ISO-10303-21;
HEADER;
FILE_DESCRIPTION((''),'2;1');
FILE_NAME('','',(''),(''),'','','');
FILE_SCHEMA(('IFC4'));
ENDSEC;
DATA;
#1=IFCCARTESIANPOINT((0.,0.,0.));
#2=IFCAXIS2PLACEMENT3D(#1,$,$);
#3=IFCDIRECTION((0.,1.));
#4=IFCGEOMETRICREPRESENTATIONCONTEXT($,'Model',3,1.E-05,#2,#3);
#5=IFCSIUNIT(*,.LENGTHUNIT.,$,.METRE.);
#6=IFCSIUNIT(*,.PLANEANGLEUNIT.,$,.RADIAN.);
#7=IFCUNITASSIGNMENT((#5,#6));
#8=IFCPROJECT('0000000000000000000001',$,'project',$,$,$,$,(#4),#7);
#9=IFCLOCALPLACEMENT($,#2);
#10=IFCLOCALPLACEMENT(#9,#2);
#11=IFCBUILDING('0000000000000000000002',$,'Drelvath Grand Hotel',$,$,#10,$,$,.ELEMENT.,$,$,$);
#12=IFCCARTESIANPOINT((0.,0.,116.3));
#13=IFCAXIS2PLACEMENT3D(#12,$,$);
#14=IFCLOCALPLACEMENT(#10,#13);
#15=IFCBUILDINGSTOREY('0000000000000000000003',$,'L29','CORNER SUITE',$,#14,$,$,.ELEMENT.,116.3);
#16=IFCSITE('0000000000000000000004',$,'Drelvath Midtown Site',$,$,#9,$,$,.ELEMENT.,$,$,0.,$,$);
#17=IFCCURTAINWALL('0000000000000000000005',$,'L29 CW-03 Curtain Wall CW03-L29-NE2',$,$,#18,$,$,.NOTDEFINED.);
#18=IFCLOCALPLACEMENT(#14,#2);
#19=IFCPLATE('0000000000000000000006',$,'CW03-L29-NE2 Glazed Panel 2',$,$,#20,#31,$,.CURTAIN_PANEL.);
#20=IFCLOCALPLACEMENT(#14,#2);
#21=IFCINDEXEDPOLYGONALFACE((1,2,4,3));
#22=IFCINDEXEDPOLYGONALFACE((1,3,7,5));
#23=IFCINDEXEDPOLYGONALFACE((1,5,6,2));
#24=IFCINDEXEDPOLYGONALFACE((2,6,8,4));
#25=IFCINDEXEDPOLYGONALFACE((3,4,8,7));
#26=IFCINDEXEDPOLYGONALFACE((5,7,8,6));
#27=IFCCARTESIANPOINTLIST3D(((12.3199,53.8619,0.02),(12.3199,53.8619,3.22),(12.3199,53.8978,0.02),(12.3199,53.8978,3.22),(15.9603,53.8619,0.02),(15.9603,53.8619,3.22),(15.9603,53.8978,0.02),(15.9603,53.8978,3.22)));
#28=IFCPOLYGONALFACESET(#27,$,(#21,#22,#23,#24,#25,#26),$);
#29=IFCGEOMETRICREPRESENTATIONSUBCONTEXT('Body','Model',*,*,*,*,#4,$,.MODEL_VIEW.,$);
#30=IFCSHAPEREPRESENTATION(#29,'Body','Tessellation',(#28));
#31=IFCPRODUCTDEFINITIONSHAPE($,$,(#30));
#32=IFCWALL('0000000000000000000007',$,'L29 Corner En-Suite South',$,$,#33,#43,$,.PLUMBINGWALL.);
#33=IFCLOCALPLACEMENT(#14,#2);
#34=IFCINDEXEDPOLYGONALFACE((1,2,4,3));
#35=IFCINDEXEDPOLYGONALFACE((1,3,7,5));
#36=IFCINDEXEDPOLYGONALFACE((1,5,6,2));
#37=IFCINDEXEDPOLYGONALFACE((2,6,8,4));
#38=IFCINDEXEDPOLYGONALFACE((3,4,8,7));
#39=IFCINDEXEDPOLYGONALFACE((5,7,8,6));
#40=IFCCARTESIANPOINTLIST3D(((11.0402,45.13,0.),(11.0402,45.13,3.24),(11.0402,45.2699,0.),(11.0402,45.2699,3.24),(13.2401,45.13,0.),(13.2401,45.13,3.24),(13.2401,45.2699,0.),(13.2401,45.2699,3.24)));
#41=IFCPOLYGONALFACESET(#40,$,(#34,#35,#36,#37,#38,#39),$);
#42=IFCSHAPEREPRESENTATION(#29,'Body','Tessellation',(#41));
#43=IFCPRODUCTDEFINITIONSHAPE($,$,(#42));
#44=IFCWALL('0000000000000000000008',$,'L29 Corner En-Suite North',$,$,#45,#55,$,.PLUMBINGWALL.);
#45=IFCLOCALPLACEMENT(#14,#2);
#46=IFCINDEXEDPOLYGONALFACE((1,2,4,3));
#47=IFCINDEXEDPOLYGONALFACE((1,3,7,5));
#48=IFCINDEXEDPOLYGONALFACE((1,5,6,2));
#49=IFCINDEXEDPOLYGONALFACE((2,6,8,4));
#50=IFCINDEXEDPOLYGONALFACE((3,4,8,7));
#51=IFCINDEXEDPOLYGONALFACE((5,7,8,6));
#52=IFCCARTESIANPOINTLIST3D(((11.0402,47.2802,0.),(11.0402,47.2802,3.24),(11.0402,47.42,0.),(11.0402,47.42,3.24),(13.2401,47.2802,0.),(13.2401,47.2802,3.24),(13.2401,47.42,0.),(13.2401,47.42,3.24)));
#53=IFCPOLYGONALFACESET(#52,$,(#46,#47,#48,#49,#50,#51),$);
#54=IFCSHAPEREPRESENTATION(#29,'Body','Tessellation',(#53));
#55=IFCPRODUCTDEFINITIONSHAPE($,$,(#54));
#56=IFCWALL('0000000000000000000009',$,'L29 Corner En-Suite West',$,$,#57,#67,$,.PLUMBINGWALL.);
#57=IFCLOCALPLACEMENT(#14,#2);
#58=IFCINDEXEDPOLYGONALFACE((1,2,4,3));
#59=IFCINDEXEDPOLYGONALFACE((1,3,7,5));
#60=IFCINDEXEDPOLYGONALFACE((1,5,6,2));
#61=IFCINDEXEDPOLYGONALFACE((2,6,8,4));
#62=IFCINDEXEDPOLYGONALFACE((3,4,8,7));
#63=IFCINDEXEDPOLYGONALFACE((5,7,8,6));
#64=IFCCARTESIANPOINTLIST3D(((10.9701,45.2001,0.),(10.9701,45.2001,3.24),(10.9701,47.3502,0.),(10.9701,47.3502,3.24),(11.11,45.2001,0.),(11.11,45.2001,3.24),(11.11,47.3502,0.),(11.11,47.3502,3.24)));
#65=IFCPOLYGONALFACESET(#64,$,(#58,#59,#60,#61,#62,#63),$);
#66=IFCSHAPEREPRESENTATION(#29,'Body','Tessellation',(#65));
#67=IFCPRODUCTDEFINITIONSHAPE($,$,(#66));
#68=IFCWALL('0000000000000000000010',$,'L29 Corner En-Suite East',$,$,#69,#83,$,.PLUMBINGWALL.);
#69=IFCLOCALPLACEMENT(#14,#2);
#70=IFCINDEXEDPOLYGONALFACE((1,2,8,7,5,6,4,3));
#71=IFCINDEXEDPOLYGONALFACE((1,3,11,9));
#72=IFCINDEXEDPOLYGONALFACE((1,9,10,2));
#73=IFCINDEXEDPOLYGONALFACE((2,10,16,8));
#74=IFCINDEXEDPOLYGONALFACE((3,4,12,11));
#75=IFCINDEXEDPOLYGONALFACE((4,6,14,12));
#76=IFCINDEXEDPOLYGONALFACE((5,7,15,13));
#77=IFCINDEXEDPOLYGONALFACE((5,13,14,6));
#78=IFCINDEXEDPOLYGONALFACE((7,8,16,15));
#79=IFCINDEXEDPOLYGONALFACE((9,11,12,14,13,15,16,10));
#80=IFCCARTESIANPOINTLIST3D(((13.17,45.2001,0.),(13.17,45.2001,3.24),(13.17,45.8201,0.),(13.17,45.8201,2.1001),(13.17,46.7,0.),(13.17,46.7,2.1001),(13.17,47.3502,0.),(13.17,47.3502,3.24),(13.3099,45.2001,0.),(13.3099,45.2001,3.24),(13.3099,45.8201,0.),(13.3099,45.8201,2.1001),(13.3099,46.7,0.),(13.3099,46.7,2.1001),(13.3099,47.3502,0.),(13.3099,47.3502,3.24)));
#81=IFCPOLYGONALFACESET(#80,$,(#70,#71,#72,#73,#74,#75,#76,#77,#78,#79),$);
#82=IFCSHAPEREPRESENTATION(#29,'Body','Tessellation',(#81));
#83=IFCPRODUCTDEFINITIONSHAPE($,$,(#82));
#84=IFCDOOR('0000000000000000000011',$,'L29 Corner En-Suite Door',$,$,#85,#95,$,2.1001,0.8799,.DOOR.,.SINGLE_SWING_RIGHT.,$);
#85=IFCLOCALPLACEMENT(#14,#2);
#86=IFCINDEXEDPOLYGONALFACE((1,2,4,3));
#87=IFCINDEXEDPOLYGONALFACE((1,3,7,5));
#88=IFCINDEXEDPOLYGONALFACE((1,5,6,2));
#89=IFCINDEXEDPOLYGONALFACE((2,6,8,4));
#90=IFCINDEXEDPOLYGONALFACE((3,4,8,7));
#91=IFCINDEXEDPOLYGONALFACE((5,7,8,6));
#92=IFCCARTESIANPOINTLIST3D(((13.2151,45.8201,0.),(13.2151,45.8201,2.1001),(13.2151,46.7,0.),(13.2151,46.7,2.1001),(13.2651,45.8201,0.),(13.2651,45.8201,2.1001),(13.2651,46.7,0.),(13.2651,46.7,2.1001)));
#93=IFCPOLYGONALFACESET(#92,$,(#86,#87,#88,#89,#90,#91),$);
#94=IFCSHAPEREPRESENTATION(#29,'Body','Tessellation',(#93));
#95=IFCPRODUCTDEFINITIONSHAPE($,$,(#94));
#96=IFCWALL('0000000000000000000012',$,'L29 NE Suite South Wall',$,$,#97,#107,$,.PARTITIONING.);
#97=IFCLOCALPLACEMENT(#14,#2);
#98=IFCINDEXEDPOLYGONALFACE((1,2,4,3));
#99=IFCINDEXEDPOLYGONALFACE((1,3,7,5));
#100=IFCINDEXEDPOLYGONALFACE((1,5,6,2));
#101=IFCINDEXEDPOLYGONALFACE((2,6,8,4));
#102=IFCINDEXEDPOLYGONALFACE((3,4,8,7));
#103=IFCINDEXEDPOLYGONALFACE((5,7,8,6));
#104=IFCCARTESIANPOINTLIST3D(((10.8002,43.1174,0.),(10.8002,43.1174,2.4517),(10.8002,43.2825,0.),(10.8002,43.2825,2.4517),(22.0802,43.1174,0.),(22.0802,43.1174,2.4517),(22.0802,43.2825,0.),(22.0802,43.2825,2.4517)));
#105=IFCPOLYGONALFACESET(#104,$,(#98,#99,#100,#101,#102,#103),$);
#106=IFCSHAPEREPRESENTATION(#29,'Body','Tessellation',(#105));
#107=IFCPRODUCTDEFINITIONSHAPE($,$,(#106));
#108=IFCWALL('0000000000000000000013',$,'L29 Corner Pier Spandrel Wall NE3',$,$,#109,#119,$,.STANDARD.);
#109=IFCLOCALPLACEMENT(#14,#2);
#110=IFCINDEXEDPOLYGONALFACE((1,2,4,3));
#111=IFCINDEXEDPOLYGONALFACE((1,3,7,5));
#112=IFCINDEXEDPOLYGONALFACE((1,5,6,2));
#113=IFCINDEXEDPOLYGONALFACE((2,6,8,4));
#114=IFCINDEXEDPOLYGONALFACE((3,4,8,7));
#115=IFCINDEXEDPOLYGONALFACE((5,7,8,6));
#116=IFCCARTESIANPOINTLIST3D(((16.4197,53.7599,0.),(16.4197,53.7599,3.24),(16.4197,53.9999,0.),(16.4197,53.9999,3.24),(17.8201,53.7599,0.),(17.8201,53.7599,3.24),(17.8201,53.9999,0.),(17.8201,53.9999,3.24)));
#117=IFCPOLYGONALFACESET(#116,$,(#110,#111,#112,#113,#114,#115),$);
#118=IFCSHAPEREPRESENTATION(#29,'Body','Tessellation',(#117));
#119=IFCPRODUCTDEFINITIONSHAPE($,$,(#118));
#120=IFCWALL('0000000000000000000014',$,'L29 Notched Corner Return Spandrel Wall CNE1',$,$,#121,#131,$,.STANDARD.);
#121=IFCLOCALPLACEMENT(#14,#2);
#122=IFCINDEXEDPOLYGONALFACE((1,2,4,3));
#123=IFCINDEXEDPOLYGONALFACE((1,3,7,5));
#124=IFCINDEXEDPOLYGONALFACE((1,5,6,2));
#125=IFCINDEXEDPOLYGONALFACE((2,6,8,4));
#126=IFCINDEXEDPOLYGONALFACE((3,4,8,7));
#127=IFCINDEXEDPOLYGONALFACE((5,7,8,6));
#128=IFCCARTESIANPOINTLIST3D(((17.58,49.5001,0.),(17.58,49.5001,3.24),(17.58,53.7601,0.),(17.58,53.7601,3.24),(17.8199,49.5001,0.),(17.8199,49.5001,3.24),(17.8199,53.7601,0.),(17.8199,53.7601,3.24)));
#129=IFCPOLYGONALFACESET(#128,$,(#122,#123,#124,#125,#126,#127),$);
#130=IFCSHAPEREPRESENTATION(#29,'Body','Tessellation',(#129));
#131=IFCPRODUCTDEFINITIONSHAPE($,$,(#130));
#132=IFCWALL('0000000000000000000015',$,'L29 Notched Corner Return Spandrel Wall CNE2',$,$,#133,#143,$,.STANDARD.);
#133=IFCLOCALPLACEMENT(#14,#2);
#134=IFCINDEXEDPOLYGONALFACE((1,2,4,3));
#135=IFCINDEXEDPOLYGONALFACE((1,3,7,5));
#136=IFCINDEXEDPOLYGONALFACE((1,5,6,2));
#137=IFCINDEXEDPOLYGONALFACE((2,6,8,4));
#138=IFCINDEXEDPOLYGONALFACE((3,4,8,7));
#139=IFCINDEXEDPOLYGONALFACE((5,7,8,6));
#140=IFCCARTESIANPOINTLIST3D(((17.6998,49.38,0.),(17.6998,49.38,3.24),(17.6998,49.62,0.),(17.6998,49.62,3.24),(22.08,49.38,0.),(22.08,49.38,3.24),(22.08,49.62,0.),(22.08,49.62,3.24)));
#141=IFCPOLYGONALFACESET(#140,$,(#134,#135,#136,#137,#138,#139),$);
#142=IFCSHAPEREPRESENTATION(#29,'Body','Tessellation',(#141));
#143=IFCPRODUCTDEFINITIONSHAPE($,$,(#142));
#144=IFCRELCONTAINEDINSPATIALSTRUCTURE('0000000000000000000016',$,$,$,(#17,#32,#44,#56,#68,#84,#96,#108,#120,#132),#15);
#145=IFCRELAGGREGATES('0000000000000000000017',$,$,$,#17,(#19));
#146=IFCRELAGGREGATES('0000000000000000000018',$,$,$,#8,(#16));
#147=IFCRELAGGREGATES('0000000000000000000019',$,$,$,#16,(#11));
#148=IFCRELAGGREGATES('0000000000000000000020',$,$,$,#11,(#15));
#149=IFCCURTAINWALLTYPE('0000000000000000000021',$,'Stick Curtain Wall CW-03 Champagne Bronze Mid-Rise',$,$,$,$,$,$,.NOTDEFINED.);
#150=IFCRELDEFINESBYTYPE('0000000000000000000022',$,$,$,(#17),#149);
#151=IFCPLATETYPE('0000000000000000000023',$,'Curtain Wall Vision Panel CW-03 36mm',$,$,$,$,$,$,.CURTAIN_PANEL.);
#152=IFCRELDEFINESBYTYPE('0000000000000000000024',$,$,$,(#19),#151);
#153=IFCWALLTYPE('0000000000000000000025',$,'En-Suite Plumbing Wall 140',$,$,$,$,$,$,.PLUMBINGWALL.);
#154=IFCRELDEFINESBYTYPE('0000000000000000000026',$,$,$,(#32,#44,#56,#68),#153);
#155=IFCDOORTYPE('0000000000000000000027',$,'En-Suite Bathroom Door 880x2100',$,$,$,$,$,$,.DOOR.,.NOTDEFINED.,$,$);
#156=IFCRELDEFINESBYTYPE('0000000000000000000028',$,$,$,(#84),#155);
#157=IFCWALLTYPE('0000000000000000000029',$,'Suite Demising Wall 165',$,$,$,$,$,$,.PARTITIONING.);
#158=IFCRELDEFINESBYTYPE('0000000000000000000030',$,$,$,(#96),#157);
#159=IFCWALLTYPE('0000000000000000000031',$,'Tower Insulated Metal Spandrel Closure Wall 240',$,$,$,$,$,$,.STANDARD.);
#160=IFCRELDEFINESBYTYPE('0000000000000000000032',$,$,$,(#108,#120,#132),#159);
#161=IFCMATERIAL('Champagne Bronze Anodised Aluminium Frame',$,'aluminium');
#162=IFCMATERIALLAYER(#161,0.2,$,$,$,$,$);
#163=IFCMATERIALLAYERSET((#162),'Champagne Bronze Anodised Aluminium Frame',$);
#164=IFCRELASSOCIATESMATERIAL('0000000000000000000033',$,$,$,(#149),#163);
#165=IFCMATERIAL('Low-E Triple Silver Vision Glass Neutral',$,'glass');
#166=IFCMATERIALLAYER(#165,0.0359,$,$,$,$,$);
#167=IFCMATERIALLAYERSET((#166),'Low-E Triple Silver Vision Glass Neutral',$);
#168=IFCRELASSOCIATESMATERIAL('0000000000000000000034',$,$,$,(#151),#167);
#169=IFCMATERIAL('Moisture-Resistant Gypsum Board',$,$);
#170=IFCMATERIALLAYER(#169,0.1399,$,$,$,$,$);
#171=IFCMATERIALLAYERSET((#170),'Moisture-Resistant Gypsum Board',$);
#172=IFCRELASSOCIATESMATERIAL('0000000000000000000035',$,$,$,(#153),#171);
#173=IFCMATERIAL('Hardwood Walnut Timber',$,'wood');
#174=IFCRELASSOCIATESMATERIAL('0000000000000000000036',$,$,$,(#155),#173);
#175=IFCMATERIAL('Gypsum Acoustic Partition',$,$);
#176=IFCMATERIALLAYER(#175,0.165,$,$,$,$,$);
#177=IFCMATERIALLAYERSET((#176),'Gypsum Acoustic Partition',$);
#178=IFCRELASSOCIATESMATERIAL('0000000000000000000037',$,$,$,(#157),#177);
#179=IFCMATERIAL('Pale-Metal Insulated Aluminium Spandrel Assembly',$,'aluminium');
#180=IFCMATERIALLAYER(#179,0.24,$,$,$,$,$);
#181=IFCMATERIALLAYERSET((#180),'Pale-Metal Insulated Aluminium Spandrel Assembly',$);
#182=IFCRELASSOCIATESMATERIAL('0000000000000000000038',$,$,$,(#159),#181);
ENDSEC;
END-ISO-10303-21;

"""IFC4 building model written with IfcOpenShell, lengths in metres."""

from ifc_helpers import new_model, si_unit, direction, frame, frame_2d, origin, origin_2d, place, context, subcontext, project, spatial, rectangle, extrude, material, layer, layer_set, type_object, element, fill, aggregate, save


model = new_model("IFC4")

# Units and contexts
model_context = context("Model", 3, precision=1e-05, world=origin(), true_north=direction((0.0, 1.0)))
body_context = subcontext(model_context, "Body", "Model", "MODEL_VIEW")
ifc_project = project(units=[si_unit("LENGTHUNIT", "METRE"), si_unit("PLANEANGLEUNIT", "RADIAN")], contexts=[model_context])

# Site, building, storey
site_placement = place(None, origin())
site = spatial("IfcSite", under=ifc_project, at=site_placement, Name="Drelvath Midtown Site", CompositionType="ELEMENT", RefElevation=0.0)
building_placement = place(site_placement, origin())
building = spatial("IfcBuilding", under=site, at=building_placement, Name="Drelvath Grand Hotel", CompositionType="ELEMENT")
storey_placement = place(building_placement, frame((0.0, 0.0, 116.3)))
storey = spatial("IfcBuildingStorey", under=building, at=storey_placement, Name="L29", Description="CORNER SUITE", CompositionType="ELEMENT", Elevation=116.3)

# Shared definitions
ifc_material_1 = material(Name="Champagne Bronze Anodised Aluminium Frame", Category="aluminium")
ifc_layer_1 = layer(ifc_material_1, 0.2)
ifc_layer_set_1 = layer_set([ifc_layer_1], Name="Champagne Bronze Anodised Aluminium Frame")
curtain_wall_type = type_object("IfcCurtainWallType", Name="Stick Curtain Wall CW-03 Champagne Bronze Mid-Rise", PredefinedType="NOTDEFINED", material=ifc_layer_set_1)

# Curtain wall
curtain_wall_1_placement = place(storey_placement, origin())
curtain_wall_1 = element("IfcCurtainWall", 1, at=curtain_wall_1_placement, inside=storey, type_object=curtain_wall_type, Name="L29 CW-03 Curtain Wall CW03-L29-NE2", PredefinedType="NOTDEFINED")

# Plate
ifc_material_2 = material(Name="Low-E Triple Silver Vision Glass Neutral", Category="glass")
ifc_layer_2 = layer(ifc_material_2, 0.0359)
ifc_layer_set_2 = layer_set([ifc_layer_2], Name="Low-E Triple Silver Vision Glass Neutral")
plate_type = type_object("IfcPlateType", Name="Curtain Wall Vision Panel CW-03 36mm", PredefinedType="CURTAIN_PANEL", material=ifc_layer_set_2)
plate_1_placement = place(storey_placement, frame((14.1401, 53.8799, 0.02), z_axis=(0.0, 0.0, 1.0), x_axis=(1.0, 0.0, 0.0)))
plate_1 = element("IfcPlate", 2, at=plate_1_placement, type_object=plate_type, Name="CW03-L29-NE2 Glazed Panel 2", PredefinedType="CURTAIN_PANEL", context=body_context, shape_type="SweptSolid", body=[
    extrude(rectangle(XDim=3.6404, YDim=0.0359, at=origin_2d()), origin(), (0.0, 0.0, 1.0), 3.2),
])
aggregate(curtain_wall_1, [plate_1])

# Walls
ifc_material_3 = material(Name="Moisture-Resistant Gypsum Board")
ifc_layer_3 = layer(ifc_material_3, 0.1399)
ifc_layer_set_3 = layer_set([ifc_layer_3], Name="Moisture-Resistant Gypsum Board")
wall_type_1 = type_object("IfcWallType", Name="En-Suite Plumbing Wall 140", PredefinedType="PLUMBINGWALL", material=ifc_layer_set_3)
for number, where, z_axis, x_axis, name in (
    (3, (11.04, 45.2, 0.0), (0.0, 0.0, 1.0), (1.0, 0.0, 0.0), "L29 Corner En-Suite South"),
    (4, (11.04, 47.3501, 0.0), (0.0, 0.0, 1.0), (1.0, 0.0, 0.0), "L29 Corner En-Suite North"),
):
    element("IfcWall", number, at=place(storey_placement, frame(where, z_axis=z_axis, x_axis=x_axis)), inside=storey, type_object=wall_type_1, Name=name, PredefinedType="PLUMBINGWALL", context=body_context, shape_type="SweptSolid", body=[
        extrude(rectangle(XDim=2.2, YDim=0.1399, at=frame_2d((1.1001, 0.0))), origin(), (0.0, 0.0, 1.0), 3.24),
    ])
wall_1_placement = place(storey_placement, frame((11.04, 45.2, 0.0), z_axis=(0.0, 0.0, 1.0), x_axis=(0.0, 1.0, 0.0)))
element("IfcWall", 5, at=wall_1_placement, inside=storey, type_object=wall_type_1, Name="L29 Corner En-Suite West", PredefinedType="PLUMBINGWALL", context=body_context, shape_type="SweptSolid", body=[
    extrude(rectangle(XDim=2.1501, YDim=0.1399, at=frame_2d((1.0752, 0.0))), origin(), (0.0, 0.0, 1.0), 3.24),
])

# Wall, opening, door
wall_2_placement = place(storey_placement, frame((13.24, 45.2, 0.0), z_axis=(0.0, 0.0, 1.0), x_axis=(0.0, 1.0, 0.0)))
wall_2 = element("IfcWall", 6, at=wall_2_placement, inside=storey, type_object=wall_type_1, Name="L29 Corner En-Suite East", PredefinedType="PLUMBINGWALL", context=body_context, shape_type="SweptSolid", body=[
    extrude(rectangle(XDim=2.1501, YDim=0.1399, at=frame_2d((1.0752, 0.0))), origin(), (0.0, 0.0, 1.0), 3.24),
])
opening_placement = place(wall_2_placement, frame((0.6201, 0.0, 0.0)))
opening = element("IfcOpeningElement", 7, at=opening_placement, cuts=wall_2, PredefinedType="OPENING", context=body_context, shape_type="SweptSolid", body=[
    extrude(rectangle(XDim=0.8799, YDim=2.1001, at=frame_2d((0.4399, 1.05))), frame((0.0, 0.0798, 0.0), z_axis=(0.0, -1.0, 0.0), x_axis=(1.0, 0.0, 0.0)), (0.0, 0.0, 1.0), 0.1599),
])
ifc_material_4 = material(Name="Hardwood Walnut Timber", Category="wood")
door_type = type_object("IfcDoorType", Name="En-Suite Bathroom Door 880x2100", OperationType="NOTDEFINED", PredefinedType="DOOR", material=ifc_material_4)
door_placement = place(opening_placement, origin())
door = element("IfcDoor", 8, at=door_placement, inside=storey, type_object=door_type, Name="L29 Corner En-Suite Door", OperationType="SINGLE_SWING_RIGHT", OverallHeight=2.1001, OverallWidth=0.8799, PredefinedType="DOOR", context=body_context, shape_type="SweptSolid", body=[
    extrude(rectangle(XDim=0.8799, YDim=2.1001, at=frame_2d((0.4399, 1.05))), frame((0.0, 0.0249, 0.0), z_axis=(0.0, -1.0, 0.0), x_axis=(1.0, 0.0, 0.0)), (0.0, 0.0, 1.0), 0.05),
])
fill(opening, door)

# Walls
ifc_material_5 = material(Name="Gypsum Acoustic Partition")
ifc_layer_4 = layer(ifc_material_5, 0.165)
ifc_layer_set_4 = layer_set([ifc_layer_4], Name="Gypsum Acoustic Partition")
wall_type_2 = type_object("IfcWallType", Name="Suite Demising Wall 165", PredefinedType="PARTITIONING", material=ifc_layer_set_4)
wall_3_placement = place(storey_placement, frame((10.8, 43.2, 0.0), z_axis=(0.0, 0.0, 1.0), x_axis=(1.0, 0.0, 0.0)))
element("IfcWall", 9, at=wall_3_placement, inside=storey, type_object=wall_type_2, Name="L29 NE Suite South Wall", PredefinedType="PARTITIONING", context=body_context, shape_type="SweptSolid", body=[
    extrude(rectangle(XDim=11.28, YDim=0.165, at=frame_2d((5.6401, 0.0))), origin(), (0.0, 0.0, 1.0), 2.4517),
])
ifc_material_6 = material(Name="Pale-Metal Insulated Aluminium Spandrel Assembly", Category="aluminium")
ifc_layer_5 = layer(ifc_material_6, 0.24)
ifc_layer_set_5 = layer_set([ifc_layer_5], Name="Pale-Metal Insulated Aluminium Spandrel Assembly")
wall_type_3 = type_object("IfcWallType", Name="Tower Insulated Metal Spandrel Closure Wall 240", PredefinedType="STANDARD", material=ifc_layer_set_5)
wall_4_placement = place(storey_placement, frame((16.4197, 53.8799, 0.0), z_axis=(0.0, 0.0, 1.0), x_axis=(1.0, 0.0, 0.0)))
element("IfcWall", 10, at=wall_4_placement, inside=storey, type_object=wall_type_3, Name="L29 Corner Pier Spandrel Wall NE3", PredefinedType="STANDARD", context=body_context, shape_type="SweptSolid", body=[
    extrude(rectangle(XDim=1.4004, YDim=0.24, at=frame_2d((0.7002, 0.0))), origin(), (0.0, 0.0, 1.0), 3.24),
])
wall_5_placement = place(storey_placement, frame((17.7, 53.76, 0.0), z_axis=(0.0, 0.0, 1.0), x_axis=(0.0, -1.0, 0.0)))
element("IfcWall", 11, at=wall_5_placement, inside=storey, type_object=wall_type_3, Name="L29 Notched Corner Return Spandrel Wall CNE1", PredefinedType="STANDARD", context=body_context, shape_type="SweptSolid", body=[
    extrude(rectangle(XDim=4.26, YDim=0.24, at=frame_2d((2.1299, 0.0))), origin(), (0.0, 0.0, 1.0), 3.24),
])
wall_6_placement = place(storey_placement, frame((17.7, 49.5, 0.0), z_axis=(0.0, 0.0, 1.0), x_axis=(1.0, 0.0, 0.0)))
element("IfcWall", 12, at=wall_6_placement, inside=storey, type_object=wall_type_3, Name="L29 Notched Corner Return Spandrel Wall CNE2", PredefinedType="STANDARD", context=body_context, shape_type="SweptSolid", body=[
    extrude(rectangle(XDim=4.3801, YDim=0.24, at=frame_2d((2.1899, 0.0))), origin(), (0.0, 0.0, 1.0), 3.24),
])

save(model, "model.ifc")
